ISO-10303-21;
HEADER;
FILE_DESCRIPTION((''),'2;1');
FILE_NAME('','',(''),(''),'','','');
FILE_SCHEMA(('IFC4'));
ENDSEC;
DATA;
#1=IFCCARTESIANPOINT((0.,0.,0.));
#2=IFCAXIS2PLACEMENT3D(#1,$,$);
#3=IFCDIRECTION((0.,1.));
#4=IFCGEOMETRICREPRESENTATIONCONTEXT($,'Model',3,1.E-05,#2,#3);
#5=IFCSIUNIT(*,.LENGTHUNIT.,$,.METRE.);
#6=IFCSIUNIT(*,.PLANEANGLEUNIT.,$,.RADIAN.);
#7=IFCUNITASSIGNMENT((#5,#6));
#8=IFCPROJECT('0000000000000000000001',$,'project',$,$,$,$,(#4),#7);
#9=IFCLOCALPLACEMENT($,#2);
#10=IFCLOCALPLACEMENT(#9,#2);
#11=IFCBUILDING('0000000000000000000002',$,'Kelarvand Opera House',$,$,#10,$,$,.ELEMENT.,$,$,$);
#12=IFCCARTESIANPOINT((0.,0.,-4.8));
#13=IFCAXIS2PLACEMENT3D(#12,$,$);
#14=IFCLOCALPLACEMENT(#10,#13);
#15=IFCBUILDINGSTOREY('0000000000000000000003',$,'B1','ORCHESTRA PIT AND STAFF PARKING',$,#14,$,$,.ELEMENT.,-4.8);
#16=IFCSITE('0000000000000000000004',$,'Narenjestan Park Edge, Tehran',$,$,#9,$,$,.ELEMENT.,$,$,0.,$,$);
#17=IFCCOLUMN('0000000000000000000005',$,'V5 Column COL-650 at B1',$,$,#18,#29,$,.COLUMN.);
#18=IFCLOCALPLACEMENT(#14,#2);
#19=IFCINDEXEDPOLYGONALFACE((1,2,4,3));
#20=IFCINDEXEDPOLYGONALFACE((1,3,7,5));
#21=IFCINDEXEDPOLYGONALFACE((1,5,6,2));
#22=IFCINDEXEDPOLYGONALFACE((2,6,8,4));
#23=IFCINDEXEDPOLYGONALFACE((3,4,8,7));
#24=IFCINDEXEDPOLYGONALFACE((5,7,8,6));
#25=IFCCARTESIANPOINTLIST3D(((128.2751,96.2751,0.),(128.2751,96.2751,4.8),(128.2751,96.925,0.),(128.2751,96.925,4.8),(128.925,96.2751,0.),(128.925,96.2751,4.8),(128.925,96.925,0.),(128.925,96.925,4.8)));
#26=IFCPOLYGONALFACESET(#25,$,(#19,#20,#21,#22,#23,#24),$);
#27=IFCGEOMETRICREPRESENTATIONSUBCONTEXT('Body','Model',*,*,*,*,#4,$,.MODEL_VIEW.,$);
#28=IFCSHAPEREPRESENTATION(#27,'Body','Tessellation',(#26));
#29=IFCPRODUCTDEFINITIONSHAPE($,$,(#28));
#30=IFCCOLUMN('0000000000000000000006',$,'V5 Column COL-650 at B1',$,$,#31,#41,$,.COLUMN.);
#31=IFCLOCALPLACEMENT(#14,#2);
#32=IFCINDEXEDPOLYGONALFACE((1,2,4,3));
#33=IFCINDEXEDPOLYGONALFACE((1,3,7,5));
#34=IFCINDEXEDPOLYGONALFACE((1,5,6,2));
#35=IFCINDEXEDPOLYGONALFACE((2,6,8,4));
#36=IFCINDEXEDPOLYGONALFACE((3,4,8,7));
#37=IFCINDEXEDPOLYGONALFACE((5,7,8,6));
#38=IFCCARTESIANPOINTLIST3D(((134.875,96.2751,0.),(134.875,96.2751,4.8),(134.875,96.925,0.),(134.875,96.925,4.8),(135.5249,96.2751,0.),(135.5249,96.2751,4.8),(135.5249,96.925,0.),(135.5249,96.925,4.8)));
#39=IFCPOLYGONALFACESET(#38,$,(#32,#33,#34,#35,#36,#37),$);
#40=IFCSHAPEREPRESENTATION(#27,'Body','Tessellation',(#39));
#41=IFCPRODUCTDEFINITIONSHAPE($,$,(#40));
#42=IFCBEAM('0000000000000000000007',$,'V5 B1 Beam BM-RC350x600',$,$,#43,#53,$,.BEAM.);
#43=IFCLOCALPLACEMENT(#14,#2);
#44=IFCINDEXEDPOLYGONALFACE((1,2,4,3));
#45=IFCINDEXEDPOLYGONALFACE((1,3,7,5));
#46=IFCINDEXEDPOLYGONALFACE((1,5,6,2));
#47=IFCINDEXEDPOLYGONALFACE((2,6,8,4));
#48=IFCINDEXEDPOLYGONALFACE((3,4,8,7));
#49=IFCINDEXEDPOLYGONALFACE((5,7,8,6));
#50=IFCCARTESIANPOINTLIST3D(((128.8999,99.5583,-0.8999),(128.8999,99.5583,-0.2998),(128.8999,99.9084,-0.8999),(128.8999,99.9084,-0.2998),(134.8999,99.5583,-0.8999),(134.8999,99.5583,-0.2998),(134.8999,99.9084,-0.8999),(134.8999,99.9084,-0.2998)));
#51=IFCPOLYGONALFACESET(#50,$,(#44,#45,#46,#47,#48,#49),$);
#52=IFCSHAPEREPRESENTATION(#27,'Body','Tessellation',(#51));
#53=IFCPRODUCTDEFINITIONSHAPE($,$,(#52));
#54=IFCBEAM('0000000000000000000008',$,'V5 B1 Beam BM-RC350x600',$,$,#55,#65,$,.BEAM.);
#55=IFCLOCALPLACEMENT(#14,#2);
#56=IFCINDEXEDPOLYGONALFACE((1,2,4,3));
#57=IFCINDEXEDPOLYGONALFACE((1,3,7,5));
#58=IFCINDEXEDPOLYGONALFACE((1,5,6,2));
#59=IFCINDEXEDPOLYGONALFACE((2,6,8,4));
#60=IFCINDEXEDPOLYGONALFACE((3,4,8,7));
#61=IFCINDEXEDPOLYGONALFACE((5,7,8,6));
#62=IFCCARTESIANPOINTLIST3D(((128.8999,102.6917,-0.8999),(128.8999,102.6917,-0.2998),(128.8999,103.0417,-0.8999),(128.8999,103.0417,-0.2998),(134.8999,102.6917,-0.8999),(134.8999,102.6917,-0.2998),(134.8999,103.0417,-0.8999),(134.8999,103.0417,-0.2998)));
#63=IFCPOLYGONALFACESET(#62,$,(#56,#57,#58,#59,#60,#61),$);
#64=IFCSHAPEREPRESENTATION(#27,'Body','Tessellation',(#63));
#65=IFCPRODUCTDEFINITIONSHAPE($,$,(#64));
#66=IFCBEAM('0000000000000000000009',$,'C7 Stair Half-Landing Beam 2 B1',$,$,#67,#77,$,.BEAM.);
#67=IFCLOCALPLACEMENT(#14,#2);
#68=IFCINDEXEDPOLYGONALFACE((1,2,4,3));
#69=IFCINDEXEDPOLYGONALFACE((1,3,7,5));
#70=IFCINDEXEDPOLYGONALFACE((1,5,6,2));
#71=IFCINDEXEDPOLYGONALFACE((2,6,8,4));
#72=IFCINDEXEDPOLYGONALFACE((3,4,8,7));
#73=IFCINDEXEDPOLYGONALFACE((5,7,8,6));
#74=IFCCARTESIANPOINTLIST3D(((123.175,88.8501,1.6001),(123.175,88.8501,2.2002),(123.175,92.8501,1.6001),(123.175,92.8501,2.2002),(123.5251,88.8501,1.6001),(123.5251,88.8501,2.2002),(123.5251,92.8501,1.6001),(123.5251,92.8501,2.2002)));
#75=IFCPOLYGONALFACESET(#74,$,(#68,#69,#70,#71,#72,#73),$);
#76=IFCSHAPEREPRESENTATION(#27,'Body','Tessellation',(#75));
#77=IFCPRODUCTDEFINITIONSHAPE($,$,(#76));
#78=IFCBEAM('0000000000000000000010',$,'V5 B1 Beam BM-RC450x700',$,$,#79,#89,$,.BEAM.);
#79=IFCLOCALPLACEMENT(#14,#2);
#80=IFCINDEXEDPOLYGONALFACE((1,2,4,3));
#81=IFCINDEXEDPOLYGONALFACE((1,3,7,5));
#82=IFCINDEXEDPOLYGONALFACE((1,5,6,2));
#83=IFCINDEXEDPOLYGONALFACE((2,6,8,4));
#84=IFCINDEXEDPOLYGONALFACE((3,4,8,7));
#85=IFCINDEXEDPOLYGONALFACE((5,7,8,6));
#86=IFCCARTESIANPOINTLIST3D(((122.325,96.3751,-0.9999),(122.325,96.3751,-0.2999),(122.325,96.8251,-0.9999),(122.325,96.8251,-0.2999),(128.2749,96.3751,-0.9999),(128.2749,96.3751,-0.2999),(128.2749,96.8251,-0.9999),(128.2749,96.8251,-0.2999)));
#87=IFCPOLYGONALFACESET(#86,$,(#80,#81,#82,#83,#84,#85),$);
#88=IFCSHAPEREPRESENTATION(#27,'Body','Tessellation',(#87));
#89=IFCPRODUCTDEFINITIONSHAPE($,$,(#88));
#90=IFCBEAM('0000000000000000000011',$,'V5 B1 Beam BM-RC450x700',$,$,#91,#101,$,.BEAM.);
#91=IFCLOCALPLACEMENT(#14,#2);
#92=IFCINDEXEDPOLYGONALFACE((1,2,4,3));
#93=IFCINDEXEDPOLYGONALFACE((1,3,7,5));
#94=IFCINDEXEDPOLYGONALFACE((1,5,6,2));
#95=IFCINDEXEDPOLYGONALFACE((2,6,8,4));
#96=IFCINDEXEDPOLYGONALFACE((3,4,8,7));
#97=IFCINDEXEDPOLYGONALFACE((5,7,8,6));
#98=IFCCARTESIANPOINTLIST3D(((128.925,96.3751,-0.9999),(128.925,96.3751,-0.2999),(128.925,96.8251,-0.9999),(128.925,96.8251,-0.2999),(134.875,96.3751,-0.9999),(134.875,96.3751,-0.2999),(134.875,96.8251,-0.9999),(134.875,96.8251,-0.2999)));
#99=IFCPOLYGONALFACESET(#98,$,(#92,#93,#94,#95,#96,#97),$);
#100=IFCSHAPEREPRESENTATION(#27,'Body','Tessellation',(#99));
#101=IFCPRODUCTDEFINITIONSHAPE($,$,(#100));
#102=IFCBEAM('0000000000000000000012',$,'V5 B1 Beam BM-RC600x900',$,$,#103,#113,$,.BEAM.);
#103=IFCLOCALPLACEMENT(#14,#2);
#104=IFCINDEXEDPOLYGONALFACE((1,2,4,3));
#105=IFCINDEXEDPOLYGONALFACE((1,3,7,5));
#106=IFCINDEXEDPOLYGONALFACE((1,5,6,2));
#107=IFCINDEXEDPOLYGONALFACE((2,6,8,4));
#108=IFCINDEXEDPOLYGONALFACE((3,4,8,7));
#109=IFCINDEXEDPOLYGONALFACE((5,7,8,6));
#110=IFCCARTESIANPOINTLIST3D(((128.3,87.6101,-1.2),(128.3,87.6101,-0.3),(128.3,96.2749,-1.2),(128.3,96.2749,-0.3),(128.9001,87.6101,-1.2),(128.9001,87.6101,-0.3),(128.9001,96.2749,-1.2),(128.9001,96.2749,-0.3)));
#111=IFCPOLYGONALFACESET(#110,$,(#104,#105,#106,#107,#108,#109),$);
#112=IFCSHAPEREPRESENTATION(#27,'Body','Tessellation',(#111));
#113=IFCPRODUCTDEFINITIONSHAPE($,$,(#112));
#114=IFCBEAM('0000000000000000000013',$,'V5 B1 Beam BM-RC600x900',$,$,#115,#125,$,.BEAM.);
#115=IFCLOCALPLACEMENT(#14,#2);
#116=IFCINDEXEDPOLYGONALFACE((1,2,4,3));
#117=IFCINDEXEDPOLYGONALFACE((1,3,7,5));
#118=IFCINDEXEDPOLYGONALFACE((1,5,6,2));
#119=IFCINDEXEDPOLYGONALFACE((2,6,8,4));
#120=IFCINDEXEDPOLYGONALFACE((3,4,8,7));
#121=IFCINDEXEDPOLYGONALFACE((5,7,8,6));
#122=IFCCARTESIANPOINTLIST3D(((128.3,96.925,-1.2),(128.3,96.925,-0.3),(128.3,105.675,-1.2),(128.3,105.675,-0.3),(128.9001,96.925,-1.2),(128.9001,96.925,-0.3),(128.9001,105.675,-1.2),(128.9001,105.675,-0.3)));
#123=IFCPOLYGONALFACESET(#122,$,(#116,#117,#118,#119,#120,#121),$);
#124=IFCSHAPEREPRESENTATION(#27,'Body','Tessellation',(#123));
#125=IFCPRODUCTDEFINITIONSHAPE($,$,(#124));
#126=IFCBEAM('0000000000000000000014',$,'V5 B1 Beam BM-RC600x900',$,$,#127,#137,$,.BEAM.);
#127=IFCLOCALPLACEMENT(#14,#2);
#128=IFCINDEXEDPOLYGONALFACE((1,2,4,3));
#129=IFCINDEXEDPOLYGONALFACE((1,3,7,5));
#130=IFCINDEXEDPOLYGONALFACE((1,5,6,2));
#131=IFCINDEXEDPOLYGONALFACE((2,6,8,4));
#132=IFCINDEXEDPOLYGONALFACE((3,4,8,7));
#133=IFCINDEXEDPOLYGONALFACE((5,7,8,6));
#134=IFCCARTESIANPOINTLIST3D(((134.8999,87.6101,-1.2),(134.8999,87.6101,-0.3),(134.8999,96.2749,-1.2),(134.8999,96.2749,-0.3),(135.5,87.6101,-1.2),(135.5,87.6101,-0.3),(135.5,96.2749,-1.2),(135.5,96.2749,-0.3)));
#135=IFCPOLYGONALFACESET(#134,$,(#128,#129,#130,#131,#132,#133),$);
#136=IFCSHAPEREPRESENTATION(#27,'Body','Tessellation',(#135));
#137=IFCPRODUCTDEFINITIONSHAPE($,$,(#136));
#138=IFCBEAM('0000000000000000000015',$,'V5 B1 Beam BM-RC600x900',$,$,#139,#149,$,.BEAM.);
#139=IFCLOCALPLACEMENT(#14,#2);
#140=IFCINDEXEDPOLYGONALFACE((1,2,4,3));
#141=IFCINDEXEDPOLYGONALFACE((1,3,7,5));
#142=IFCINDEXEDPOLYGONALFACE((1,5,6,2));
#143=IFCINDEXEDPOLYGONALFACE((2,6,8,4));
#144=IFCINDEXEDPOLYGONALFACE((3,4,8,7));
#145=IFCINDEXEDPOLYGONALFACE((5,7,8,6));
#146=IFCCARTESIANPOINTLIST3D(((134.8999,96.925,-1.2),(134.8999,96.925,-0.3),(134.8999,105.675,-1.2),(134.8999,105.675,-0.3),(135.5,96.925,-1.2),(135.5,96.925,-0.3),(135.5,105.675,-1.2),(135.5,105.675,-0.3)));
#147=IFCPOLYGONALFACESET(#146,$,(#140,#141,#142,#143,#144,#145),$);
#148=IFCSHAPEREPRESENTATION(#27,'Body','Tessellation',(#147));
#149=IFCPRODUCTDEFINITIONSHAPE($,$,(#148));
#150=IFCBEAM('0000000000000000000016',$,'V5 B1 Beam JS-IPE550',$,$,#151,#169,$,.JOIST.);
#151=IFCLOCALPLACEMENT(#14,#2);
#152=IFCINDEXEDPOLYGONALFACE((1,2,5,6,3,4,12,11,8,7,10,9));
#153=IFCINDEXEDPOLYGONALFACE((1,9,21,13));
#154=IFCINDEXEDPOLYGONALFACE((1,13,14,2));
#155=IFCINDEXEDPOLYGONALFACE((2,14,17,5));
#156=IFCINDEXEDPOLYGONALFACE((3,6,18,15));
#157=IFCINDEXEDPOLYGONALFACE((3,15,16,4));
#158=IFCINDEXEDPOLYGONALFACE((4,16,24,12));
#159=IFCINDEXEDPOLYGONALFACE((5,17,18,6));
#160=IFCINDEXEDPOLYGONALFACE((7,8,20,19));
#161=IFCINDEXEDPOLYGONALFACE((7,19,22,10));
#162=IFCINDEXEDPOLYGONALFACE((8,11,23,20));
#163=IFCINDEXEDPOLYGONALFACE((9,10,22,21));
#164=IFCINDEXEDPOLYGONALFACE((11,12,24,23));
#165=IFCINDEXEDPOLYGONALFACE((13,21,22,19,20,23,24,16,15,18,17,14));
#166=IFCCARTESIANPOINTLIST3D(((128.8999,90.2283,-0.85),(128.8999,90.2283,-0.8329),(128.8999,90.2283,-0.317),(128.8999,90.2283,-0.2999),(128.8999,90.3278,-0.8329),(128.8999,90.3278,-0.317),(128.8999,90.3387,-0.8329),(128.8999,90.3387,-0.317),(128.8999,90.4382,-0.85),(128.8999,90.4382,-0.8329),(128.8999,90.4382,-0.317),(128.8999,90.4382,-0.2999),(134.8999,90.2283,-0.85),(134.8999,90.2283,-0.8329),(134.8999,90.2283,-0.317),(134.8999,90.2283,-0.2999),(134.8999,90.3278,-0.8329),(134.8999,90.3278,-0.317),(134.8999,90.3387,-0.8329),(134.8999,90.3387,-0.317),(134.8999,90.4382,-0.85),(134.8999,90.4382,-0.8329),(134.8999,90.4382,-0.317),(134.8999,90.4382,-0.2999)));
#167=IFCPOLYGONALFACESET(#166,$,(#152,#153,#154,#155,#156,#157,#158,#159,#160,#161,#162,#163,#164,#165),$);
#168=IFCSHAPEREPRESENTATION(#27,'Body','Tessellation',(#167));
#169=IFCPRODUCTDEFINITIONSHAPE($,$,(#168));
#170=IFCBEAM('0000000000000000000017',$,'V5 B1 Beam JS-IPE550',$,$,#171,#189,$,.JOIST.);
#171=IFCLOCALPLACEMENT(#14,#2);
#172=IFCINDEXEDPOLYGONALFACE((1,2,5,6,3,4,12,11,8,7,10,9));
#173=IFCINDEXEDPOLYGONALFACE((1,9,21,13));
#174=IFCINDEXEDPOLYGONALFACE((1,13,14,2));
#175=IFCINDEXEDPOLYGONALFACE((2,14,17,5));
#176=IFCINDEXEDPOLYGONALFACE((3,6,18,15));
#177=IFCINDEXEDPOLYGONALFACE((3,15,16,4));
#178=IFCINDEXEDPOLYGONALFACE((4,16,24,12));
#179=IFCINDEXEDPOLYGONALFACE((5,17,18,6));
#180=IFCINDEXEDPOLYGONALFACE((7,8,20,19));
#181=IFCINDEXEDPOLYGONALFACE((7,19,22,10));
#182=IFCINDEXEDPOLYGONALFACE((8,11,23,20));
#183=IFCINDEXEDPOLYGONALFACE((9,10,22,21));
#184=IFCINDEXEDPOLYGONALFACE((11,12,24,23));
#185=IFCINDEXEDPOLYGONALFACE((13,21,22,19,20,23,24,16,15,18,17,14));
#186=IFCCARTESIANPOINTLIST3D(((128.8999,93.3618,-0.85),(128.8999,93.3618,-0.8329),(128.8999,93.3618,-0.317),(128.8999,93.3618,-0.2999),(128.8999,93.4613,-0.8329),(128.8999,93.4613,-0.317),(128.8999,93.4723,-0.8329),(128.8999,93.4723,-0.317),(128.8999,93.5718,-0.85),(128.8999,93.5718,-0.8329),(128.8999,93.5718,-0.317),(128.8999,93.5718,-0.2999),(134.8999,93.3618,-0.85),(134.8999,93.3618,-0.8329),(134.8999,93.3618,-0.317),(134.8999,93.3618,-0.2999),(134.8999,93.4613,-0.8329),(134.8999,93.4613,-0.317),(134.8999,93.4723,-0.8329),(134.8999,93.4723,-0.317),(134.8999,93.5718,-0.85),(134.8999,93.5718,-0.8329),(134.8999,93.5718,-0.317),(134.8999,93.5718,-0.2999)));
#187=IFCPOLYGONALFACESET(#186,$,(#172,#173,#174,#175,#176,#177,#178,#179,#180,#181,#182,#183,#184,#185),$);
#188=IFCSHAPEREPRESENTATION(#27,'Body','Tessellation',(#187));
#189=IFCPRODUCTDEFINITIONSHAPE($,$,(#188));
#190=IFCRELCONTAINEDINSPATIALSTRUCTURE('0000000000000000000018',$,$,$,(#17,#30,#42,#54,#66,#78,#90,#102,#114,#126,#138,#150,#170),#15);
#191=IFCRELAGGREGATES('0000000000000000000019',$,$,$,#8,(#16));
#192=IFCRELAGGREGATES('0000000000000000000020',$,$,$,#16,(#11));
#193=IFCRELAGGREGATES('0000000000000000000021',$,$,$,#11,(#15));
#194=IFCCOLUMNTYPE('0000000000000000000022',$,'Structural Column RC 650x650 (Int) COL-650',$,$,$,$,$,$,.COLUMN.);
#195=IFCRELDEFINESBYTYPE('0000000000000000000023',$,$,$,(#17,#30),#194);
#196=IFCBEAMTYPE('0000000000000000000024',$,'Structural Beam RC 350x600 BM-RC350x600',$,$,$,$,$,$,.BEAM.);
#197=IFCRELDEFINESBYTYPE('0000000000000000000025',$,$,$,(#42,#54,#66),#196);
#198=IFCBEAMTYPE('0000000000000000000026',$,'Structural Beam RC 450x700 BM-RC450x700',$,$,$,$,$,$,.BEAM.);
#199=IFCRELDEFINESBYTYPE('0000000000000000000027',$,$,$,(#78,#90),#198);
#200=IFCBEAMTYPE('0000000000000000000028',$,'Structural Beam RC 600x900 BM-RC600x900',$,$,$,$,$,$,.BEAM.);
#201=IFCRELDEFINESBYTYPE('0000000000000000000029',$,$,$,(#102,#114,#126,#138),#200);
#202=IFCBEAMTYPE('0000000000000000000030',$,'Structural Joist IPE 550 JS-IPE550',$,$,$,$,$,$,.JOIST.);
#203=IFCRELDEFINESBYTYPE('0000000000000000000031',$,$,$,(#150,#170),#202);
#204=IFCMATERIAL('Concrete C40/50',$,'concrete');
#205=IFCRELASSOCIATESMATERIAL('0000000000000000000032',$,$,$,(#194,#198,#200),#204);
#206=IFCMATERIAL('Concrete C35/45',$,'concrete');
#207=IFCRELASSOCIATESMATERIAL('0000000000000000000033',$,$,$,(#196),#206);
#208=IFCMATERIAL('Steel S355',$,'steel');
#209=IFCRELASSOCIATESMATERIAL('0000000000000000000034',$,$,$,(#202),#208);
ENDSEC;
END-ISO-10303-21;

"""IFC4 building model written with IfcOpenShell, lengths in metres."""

from ifc_helpers import new_model, si_unit, direction, frame, origin, origin_2d, place, context, subcontext, project, spatial, rectangle, i_section, extrude, material, material_profile, profile_set, type_object, element, save


model = new_model("IFC4")

# Units and contexts
model_context = context("Model", 3, precision=1e-05, world=origin(), true_north=direction((0.0, 1.0)))
body_context = subcontext(model_context, "Body", "Model", "MODEL_VIEW")
ifc_project = project(units=[si_unit("LENGTHUNIT", "METRE"), si_unit("PLANEANGLEUNIT", "RADIAN")], contexts=[model_context])

# Site, building, storey
site_placement = place(None, origin())
site = spatial("IfcSite", under=ifc_project, at=site_placement, Name="Narenjestan Park Edge, Tehran", CompositionType="ELEMENT", RefElevation=0.0)
building_placement = place(site_placement, origin())
building = spatial("IfcBuilding", under=site, at=building_placement, Name="Kelarvand Opera House", CompositionType="ELEMENT")
storey_placement = place(building_placement, frame((0.0, 0.0, -4.8)))
storey = spatial("IfcBuildingStorey", under=building, at=storey_placement, Name="B1", Description="ORCHESTRA PIT AND STAFF PARKING", CompositionType="ELEMENT", Elevation=-4.8)

# Columns
ifc_material_1 = material(Name="Concrete C40/50", Category="concrete")
ifc_material_profile_1 = material_profile(ifc_material_1, rectangle(XDim=0.6499, YDim=0.6499, at=origin_2d()), Name="RC 650x650", Category="concrete")
ifc_profile_set_1 = profile_set([ifc_material_profile_1], Name="Concrete C40/50")
column_type = type_object("IfcColumnType", Name="Structural Column RC 650x650 (Int) COL-650", PredefinedType="COLUMN", material=ifc_profile_set_1)
for number, where, z_axis, x_axis, name in (
    (1, (128.6001, 96.6001, 0.0), (0.0, 0.0, 1.0), (1.0, 0.0, 0.0), "V5 Column COL-650 at B1"),
    (2, (135.2, 96.6001, 0.0), (0.0, 0.0, 1.0), (1.0, 0.0, 0.0), "V5 Column COL-650 at B1"),
):
    element("IfcColumn", number, at=place(storey_placement, frame(where, z_axis=z_axis, x_axis=x_axis)), inside=storey, type_object=column_type, Name=name, PredefinedType="COLUMN", context=body_context, shape_type="SweptSolid", body=[
        extrude(rectangle(XDim=0.6499, YDim=0.6499, at=origin_2d()), origin(), (0.0, 0.0, 1.0), 4.8),
    ])

# Beams
ifc_material_2 = material(Name="Concrete C35/45", Category="concrete")
ifc_material_profile_2 = material_profile(ifc_material_2, rectangle(XDim=0.3501, YDim=0.6001, at=origin_2d()), Name="RC 350x600", Category="concrete")
ifc_profile_set_2 = profile_set([ifc_material_profile_2], Name="Concrete C35/45")
beam_type_1 = type_object("IfcBeamType", Name="Structural Beam RC 350x600 BM-RC350x600", PredefinedType="BEAM", material=ifc_profile_set_2)
for number, where, z_axis, x_axis, name in (
    (3, (128.8999, 99.7334, -0.5999), (1.0, 0.0, 0.0), (0.0, 1.0, 0.0), "V5 B1 Beam BM-RC350x600"),
    (4, (128.8999, 102.8667, -0.5999), (1.0, 0.0, 0.0), (0.0, 1.0, 0.0), "V5 B1 Beam BM-RC350x600"),
):
    element("IfcBeam", number, at=place(storey_placement, frame(where, z_axis=z_axis, x_axis=x_axis)), inside=storey, type_object=beam_type_1, Name=name, PredefinedType="BEAM", context=body_context, shape_type="SweptSolid", body=[
        extrude(rectangle(XDim=0.3501, YDim=0.6001, at=origin_2d()), origin(), (0.0, 0.0, 1.0), 6.0),
    ])
beam_1_placement = place(storey_placement, frame((123.3501, 88.8501, 1.9001), z_axis=(0.0, 1.0, 0.0), x_axis=(-1.0, 0.0, 0.0)))
element("IfcBeam", 5, at=beam_1_placement, inside=storey, type_object=beam_type_1, Name="C7 Stair Half-Landing Beam 2 B1", PredefinedType="BEAM", context=body_context, shape_type="SweptSolid", body=[
    extrude(rectangle(XDim=0.3501, YDim=0.6001, at=origin_2d()), origin(), (0.0, 0.0, 1.0), 4.0),
])
ifc_material_profile_3 = material_profile(ifc_material_1, rectangle(XDim=0.45, YDim=0.7, at=origin_2d()), Name="RC 450x700", Category="concrete")
ifc_profile_set_3 = profile_set([ifc_material_profile_3], Name="Concrete C40/50")
beam_type_2 = type_object("IfcBeamType", Name="Structural Beam RC 450x700 BM-RC450x700", PredefinedType="BEAM", material=ifc_profile_set_3)
for number, where, z_axis, x_axis, name in (
    (6, (122.325, 96.6001, -0.6499), (1.0, 0.0, 0.0), (0.0, 1.0, 0.0), "V5 B1 Beam BM-RC450x700"),
    (7, (128.925, 96.6001, -0.6499), (1.0, 0.0, 0.0), (0.0, 1.0, 0.0), "V5 B1 Beam BM-RC450x700"),
):
    element("IfcBeam", number, at=place(storey_placement, frame(where, z_axis=z_axis, x_axis=x_axis)), inside=storey, type_object=beam_type_2, Name=name, PredefinedType="BEAM", context=body_context, shape_type="SweptSolid", body=[
        extrude(rectangle(XDim=0.45, YDim=0.7, at=origin_2d()), origin(), (0.0, 0.0, 1.0), 5.95),
    ])
ifc_material_profile_4 = material_profile(ifc_material_1, rectangle(XDim=0.6001, YDim=0.8999, at=origin_2d()), Name="RC 600x900", Category="concrete")
ifc_profile_set_4 = profile_set([ifc_material_profile_4], Name="Concrete C40/50")
beam_type_3 = type_object("IfcBeamType", Name="Structural Beam RC 600x900 BM-RC600x900", PredefinedType="BEAM", material=ifc_profile_set_4)
beam_2_placement = place(storey_placement, frame((128.6001, 87.6101, -0.75), z_axis=(0.0, 1.0, 0.0), x_axis=(-1.0, 0.0, 0.0)))
element("IfcBeam", 8, at=beam_2_placement, inside=storey, type_object=beam_type_3, Name="V5 B1 Beam BM-RC600x900", PredefinedType="BEAM", context=body_context, shape_type="SweptSolid", body=[
    extrude(rectangle(XDim=0.6001, YDim=0.8999, at=origin_2d()), origin(), (0.0, 0.0, 1.0), 8.6648),
])
beam_3_placement = place(storey_placement, frame((128.6001, 96.925, -0.75), z_axis=(0.0, 1.0, 0.0), x_axis=(-1.0, 0.0, 0.0)))
element("IfcBeam", 9, at=beam_3_placement, inside=storey, type_object=beam_type_3, Name="V5 B1 Beam BM-RC600x900", PredefinedType="BEAM", context=body_context, shape_type="SweptSolid", body=[
    extrude(rectangle(XDim=0.6001, YDim=0.8999, at=origin_2d()), origin(), (0.0, 0.0, 1.0), 8.75),
])
beam_4_placement = place(storey_placement, frame((135.2, 87.6101, -0.75), z_axis=(0.0, 1.0, 0.0), x_axis=(-1.0, 0.0, 0.0)))
element("IfcBeam", 10, at=beam_4_placement, inside=storey, type_object=beam_type_3, Name="V5 B1 Beam BM-RC600x900", PredefinedType="BEAM", context=body_context, shape_type="SweptSolid", body=[
    extrude(rectangle(XDim=0.6001, YDim=0.8999, at=origin_2d()), origin(), (0.0, 0.0, 1.0), 8.6648),
])
beam_5_placement = place(storey_placement, frame((135.2, 96.925, -0.75), z_axis=(0.0, 1.0, 0.0), x_axis=(-1.0, 0.0, 0.0)))
element("IfcBeam", 11, at=beam_5_placement, inside=storey, type_object=beam_type_3, Name="V5 B1 Beam BM-RC600x900", PredefinedType="BEAM", context=body_context, shape_type="SweptSolid", body=[
    extrude(rectangle(XDim=0.6001, YDim=0.8999, at=origin_2d()), origin(), (0.0, 0.0, 1.0), 8.75),
])
ifc_material_3 = material(Name="Steel S355", Category="steel")
ifc_material_profile_5 = material_profile(ifc_material_3, i_section(OverallWidth=0.21, OverallDepth=0.55, WebThickness=0.011, FlangeThickness=0.0171, at=origin_2d()), Name="IPE 550", Category="steel")
ifc_profile_set_5 = profile_set([ifc_material_profile_5], Name="Steel S355")
beam_type_4 = type_object("IfcBeamType", Name="Structural Joist IPE 550 JS-IPE550", PredefinedType="JOIST", material=ifc_profile_set_5)
for number, where, z_axis, x_axis, name in (
    (12, (128.8999, 90.3333, -0.575), (1.0, 0.0, 0.0), (0.0, 1.0, 0.0), "V5 B1 Beam JS-IPE550"),
    (13, (128.8999, 93.4668, -0.575), (1.0, 0.0, 0.0), (0.0, 1.0, 0.0), "V5 B1 Beam JS-IPE550"),
):
    element("IfcBeam", number, at=place(storey_placement, frame(where, z_axis=z_axis, x_axis=x_axis)), inside=storey, type_object=beam_type_4, Name=name, PredefinedType="JOIST", context=body_context, shape_type="SweptSolid", body=[
        extrude(i_section(OverallWidth=0.21, OverallDepth=0.55, WebThickness=0.011, FlangeThickness=0.0171, at=origin_2d()), origin(), (0.0, 0.0, 1.0), 6.0),
    ])

save(model, "model.ifc")
